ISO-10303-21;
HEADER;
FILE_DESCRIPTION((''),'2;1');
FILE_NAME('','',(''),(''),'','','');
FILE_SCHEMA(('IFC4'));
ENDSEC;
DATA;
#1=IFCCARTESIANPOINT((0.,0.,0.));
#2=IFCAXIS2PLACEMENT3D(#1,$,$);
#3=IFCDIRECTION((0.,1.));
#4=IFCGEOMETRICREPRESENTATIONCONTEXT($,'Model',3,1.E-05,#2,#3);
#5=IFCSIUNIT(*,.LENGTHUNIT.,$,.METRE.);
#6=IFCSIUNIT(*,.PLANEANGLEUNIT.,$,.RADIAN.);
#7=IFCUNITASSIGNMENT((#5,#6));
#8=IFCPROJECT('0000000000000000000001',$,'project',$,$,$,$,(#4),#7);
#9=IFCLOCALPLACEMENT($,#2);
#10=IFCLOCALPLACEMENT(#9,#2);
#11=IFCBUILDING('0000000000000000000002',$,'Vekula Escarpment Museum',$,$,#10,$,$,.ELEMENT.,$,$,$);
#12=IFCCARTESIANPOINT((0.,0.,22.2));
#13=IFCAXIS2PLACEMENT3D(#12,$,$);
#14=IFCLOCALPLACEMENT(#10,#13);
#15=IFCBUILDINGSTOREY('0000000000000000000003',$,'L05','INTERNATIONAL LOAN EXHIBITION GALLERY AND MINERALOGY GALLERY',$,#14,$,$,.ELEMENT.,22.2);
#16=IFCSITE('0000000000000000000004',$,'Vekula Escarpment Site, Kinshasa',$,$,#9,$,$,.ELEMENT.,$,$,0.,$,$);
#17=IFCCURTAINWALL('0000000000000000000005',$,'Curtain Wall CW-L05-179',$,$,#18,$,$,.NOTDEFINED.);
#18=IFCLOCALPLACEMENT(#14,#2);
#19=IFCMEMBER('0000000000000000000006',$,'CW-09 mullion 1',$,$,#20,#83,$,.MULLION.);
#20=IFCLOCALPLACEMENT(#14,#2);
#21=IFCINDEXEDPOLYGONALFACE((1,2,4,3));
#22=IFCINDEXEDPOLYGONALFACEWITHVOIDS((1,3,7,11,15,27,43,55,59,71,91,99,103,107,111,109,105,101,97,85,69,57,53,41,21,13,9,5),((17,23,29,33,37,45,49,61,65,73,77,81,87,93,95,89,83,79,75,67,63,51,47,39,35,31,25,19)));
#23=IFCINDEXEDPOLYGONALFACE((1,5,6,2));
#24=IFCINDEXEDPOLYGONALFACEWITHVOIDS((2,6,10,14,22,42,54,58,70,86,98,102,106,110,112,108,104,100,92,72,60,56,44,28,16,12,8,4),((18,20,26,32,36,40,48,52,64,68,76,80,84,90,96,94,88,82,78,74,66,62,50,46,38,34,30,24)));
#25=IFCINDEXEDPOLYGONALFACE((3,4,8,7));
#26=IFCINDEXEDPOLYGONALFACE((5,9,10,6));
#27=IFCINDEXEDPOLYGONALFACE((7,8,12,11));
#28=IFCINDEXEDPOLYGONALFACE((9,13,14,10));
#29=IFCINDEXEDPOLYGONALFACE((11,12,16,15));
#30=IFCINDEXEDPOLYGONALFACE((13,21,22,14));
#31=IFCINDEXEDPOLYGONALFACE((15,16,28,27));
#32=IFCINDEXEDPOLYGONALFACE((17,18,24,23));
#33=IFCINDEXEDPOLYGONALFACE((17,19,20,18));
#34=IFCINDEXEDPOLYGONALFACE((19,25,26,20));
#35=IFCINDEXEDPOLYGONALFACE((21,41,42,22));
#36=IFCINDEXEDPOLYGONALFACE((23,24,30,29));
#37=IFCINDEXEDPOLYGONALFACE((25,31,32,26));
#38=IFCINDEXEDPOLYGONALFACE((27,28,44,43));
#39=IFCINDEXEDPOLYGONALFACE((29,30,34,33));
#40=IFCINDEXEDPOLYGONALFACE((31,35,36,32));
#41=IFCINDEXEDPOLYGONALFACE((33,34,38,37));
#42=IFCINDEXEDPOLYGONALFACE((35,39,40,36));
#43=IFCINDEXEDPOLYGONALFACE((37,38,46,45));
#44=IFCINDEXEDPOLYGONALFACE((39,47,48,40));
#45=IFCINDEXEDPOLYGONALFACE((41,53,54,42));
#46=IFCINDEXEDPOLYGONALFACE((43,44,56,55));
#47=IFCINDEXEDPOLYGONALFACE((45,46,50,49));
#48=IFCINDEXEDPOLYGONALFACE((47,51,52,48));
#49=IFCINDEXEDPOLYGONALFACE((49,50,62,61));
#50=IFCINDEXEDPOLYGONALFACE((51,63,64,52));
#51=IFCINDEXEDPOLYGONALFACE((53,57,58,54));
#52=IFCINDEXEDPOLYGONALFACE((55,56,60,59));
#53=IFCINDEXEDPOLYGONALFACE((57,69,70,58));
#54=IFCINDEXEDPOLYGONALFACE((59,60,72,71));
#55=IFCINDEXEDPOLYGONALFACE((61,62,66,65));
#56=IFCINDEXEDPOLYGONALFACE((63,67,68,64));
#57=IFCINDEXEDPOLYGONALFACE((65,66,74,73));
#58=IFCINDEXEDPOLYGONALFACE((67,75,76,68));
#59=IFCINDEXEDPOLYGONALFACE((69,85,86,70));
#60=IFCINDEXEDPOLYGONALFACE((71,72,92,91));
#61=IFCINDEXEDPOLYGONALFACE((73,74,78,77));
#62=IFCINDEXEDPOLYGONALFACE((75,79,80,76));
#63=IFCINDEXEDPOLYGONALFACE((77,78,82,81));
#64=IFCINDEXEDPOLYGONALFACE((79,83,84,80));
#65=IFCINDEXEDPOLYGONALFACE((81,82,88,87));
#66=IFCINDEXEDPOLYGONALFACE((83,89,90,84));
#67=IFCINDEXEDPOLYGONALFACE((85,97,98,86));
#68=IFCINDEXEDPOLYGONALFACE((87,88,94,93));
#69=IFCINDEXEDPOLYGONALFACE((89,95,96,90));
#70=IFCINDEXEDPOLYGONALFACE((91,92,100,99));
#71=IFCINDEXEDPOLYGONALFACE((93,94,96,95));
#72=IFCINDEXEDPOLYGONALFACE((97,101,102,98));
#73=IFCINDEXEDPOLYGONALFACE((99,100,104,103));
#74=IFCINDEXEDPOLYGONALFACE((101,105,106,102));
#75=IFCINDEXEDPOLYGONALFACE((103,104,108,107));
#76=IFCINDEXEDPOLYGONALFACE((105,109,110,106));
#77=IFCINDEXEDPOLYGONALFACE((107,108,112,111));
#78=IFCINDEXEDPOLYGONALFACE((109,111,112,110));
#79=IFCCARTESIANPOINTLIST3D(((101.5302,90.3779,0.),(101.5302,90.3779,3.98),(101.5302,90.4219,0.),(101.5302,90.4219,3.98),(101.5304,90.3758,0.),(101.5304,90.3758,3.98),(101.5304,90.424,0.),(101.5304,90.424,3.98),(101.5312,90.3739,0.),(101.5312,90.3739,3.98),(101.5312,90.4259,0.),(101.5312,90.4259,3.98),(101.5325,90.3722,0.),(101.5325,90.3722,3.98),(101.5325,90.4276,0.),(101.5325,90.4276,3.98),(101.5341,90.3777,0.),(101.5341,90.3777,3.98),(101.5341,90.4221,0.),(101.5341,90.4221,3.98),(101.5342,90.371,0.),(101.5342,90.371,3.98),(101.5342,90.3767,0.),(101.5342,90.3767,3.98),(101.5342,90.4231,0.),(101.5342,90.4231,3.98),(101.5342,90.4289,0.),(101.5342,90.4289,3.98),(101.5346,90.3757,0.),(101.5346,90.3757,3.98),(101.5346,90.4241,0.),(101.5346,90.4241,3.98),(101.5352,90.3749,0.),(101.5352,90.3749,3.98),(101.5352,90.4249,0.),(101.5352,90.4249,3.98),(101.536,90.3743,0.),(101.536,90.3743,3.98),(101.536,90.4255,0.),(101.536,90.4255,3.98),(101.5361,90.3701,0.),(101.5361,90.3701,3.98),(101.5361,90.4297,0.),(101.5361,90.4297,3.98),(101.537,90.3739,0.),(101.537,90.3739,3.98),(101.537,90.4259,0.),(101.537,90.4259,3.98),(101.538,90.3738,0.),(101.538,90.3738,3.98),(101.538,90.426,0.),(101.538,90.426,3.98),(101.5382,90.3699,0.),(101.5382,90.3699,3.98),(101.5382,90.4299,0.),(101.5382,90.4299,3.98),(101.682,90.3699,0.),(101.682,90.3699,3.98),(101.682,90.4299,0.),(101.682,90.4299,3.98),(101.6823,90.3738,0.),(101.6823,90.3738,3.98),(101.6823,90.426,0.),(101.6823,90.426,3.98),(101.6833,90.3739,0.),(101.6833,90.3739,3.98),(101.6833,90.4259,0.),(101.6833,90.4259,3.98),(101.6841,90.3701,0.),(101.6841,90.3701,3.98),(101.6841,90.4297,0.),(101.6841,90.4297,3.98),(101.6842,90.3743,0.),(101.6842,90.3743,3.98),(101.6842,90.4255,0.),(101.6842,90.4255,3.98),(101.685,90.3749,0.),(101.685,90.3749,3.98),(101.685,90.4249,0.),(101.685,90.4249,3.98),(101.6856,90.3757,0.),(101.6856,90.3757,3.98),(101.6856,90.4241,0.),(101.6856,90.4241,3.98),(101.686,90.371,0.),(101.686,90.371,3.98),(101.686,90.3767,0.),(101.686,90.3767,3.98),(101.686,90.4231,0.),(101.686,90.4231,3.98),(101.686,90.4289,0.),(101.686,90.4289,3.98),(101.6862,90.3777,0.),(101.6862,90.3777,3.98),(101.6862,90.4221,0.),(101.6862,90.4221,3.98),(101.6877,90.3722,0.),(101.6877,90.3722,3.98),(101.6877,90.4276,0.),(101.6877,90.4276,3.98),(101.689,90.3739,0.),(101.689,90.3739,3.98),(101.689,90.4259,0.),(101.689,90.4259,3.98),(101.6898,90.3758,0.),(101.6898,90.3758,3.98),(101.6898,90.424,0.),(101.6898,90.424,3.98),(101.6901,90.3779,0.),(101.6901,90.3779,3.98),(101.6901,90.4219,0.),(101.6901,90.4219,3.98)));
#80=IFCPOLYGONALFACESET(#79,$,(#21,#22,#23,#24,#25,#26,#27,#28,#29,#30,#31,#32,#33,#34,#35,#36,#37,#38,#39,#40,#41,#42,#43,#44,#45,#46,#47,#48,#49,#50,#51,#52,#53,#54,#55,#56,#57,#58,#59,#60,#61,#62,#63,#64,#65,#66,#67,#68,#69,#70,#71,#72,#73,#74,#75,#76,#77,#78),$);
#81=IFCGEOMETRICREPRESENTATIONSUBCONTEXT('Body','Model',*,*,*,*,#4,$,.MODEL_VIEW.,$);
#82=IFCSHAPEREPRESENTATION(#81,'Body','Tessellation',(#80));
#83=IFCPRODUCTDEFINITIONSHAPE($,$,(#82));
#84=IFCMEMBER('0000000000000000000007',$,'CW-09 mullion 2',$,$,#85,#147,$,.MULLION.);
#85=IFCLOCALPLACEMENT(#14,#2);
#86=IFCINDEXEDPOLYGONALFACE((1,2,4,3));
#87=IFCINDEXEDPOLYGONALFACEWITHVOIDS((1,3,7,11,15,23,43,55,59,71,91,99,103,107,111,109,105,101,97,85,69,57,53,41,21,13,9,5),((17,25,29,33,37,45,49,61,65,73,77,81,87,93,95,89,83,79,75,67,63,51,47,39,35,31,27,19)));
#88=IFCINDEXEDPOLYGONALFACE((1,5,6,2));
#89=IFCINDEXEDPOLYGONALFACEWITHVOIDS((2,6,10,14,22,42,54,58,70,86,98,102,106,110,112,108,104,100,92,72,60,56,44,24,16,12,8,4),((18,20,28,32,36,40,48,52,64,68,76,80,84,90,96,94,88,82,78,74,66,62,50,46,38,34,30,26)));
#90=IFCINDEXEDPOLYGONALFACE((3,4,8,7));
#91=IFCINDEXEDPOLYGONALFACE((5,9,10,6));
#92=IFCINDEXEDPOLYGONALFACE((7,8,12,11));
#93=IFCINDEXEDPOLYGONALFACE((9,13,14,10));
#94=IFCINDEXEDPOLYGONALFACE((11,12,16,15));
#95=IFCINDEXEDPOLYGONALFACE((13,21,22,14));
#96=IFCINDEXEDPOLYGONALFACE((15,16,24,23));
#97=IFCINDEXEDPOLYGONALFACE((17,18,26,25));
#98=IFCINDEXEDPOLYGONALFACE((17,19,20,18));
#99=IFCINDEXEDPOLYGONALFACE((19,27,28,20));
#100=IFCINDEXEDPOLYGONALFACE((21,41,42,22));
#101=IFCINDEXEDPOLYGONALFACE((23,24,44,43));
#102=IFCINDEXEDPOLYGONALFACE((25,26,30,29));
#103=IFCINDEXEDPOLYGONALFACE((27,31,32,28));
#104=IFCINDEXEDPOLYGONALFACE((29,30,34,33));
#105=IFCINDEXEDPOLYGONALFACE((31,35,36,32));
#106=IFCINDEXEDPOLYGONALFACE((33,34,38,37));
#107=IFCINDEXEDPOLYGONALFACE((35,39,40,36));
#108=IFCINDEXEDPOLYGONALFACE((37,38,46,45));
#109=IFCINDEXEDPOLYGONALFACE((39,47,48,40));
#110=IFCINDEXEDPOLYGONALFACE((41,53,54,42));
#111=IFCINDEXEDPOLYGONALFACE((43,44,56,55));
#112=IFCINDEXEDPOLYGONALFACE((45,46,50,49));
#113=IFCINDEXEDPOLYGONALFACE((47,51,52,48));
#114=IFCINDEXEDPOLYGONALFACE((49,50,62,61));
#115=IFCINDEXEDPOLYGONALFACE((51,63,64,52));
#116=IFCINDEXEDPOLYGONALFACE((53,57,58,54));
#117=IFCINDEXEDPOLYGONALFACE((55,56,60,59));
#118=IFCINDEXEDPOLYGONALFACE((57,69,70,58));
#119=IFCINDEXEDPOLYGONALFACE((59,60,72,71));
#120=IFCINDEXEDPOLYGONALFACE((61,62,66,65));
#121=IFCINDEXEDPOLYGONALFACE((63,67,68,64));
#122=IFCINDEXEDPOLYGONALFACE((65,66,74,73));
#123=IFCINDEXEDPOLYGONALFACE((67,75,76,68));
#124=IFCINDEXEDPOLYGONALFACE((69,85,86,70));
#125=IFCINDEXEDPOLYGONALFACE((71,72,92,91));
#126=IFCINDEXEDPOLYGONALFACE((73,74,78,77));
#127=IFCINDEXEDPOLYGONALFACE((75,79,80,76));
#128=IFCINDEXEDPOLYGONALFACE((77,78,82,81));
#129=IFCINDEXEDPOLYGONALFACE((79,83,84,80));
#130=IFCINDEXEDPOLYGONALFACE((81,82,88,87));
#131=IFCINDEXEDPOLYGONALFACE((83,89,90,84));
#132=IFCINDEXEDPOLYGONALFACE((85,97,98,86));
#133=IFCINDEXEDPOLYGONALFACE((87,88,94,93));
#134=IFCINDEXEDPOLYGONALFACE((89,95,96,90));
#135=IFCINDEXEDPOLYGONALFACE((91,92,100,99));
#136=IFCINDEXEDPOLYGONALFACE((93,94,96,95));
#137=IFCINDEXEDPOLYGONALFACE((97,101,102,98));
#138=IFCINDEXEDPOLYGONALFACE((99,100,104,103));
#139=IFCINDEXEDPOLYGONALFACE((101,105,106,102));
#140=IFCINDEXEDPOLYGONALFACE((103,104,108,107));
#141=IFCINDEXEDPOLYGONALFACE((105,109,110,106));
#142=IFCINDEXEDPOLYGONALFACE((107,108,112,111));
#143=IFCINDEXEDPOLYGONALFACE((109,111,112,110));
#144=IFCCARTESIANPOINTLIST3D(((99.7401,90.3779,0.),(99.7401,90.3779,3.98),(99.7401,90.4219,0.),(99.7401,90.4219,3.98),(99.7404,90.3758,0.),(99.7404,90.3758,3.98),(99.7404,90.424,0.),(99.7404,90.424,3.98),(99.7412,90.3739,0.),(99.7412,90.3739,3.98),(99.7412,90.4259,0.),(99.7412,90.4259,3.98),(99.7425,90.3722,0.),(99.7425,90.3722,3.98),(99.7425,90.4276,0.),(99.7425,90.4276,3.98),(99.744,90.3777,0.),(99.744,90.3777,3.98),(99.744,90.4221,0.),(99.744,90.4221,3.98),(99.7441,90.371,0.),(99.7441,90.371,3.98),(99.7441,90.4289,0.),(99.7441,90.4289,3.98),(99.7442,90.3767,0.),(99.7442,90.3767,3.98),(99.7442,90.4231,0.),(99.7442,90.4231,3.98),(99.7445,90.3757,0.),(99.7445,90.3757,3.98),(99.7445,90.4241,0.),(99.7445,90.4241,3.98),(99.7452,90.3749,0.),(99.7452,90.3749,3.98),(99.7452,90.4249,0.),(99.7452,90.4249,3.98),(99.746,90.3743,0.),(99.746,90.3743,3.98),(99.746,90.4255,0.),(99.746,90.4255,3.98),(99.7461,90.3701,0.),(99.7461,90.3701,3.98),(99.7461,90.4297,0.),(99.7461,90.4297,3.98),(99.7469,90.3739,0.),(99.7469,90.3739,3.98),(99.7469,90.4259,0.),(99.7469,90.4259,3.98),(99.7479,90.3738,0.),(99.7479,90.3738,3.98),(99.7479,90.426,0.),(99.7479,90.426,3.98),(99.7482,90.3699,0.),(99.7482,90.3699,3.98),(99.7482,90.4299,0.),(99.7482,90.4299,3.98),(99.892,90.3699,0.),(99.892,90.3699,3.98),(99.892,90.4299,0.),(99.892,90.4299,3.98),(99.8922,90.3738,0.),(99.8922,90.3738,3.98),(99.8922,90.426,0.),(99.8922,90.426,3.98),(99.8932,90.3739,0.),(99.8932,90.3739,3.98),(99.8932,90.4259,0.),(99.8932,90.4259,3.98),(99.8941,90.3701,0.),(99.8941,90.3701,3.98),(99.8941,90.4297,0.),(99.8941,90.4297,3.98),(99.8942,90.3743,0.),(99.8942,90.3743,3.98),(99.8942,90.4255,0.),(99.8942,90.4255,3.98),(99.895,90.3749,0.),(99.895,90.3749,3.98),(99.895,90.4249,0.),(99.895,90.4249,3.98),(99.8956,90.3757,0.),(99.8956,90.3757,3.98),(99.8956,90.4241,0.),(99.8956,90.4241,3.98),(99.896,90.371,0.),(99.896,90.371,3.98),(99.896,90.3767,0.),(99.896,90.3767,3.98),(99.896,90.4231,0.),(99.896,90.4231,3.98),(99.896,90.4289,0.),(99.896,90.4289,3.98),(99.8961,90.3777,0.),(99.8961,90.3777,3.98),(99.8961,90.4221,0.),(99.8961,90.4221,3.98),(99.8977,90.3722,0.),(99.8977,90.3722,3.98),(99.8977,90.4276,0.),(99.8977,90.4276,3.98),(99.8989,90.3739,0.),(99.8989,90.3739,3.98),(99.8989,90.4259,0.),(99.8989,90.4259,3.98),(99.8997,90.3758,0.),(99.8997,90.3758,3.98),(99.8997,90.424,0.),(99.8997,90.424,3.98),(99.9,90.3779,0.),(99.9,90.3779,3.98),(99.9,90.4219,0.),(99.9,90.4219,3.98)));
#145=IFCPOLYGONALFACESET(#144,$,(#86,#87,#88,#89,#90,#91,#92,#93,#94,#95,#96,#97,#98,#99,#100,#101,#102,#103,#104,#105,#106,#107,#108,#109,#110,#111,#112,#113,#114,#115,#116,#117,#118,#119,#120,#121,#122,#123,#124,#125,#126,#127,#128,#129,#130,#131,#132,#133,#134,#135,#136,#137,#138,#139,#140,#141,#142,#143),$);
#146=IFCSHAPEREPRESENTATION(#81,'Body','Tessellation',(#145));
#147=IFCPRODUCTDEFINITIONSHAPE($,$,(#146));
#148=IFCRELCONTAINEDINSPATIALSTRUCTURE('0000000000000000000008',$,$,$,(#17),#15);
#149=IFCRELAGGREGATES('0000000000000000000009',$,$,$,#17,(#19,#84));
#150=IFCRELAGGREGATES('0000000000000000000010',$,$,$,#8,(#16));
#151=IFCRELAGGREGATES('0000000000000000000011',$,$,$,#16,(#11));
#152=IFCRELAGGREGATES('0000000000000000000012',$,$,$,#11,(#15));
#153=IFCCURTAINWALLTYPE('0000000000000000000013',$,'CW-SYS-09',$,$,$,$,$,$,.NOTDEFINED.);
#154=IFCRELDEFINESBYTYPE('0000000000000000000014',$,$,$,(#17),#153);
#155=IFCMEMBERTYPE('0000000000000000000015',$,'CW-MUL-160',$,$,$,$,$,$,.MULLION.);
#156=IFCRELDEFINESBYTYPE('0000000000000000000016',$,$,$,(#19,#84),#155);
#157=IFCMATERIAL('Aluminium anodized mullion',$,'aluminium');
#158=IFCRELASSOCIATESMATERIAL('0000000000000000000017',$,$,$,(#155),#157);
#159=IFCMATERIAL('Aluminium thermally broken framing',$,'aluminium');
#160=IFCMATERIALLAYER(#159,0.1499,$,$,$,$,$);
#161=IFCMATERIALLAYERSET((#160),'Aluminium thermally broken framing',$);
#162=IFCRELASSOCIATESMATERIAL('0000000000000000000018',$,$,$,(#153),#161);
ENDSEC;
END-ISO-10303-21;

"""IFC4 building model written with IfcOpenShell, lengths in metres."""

from ifc_helpers import new_model, si_unit, direction, frame, origin, origin_2d, place, context, subcontext, project, spatial, hollow_rectangle, extrude, material, layer, layer_set, material_profile, profile_set, type_object, element, aggregate, save


model = new_model("IFC4")

# Units and contexts
model_context = context("Model", 3, precision=1e-05, world=origin(), true_north=direction((0.0, 1.0)))
body_context = subcontext(model_context, "Body", "Model", "MODEL_VIEW")
ifc_project = project(units=[si_unit("LENGTHUNIT", "METRE"), si_unit("PLANEANGLEUNIT", "RADIAN")], contexts=[model_context])

# Site, building, storey
site_placement = place(None, origin())
site = spatial("IfcSite", under=ifc_project, at=site_placement, Name="Vekula Escarpment Site, Kinshasa", CompositionType="ELEMENT", RefElevation=0.0)
building_placement = place(site_placement, origin())
building = spatial("IfcBuilding", under=site, at=building_placement, Name="Vekula Escarpment Museum", CompositionType="ELEMENT")
storey_placement = place(building_placement, frame((0.0, 0.0, 22.2)))
storey = spatial("IfcBuildingStorey", under=building, at=storey_placement, Name="L05", Description="INTERNATIONAL LOAN EXHIBITION GALLERY AND MINERALOGY GALLERY", CompositionType="ELEMENT", Elevation=22.2)

# Shared definitions
ifc_material_1 = material(Name="Aluminium anodized mullion", Category="aluminium")
ifc_material_profile_1 = material_profile(ifc_material_1, hollow_rectangle(XDim=0.0601, YDim=0.1599, WallThickness=0.0039, InnerFilletRadius=0.0039, OuterFilletRadius=0.0081, at=origin_2d()), Name="ALU 160x60x4")
ifc_profile_set_1 = profile_set([ifc_material_profile_1], Name="Aluminium anodized mullion")
member_type_1 = type_object("IfcMemberType", Name="CW-MUL-160", PredefinedType="MULLION", material=ifc_profile_set_1)

# Curtain wall, members
ifc_material_2 = material(Name="Aluminium thermally broken framing", Category="aluminium")
ifc_layer_1 = layer(ifc_material_2, 0.1499)
ifc_layer_set_1 = layer_set([ifc_layer_1], Name="Aluminium thermally broken framing")
curtain_wall_type_1 = type_object("IfcCurtainWallType", Name="CW-SYS-09", PredefinedType="NOTDEFINED", material=ifc_layer_set_1)
curtain_wall_1_placement = place(storey_placement, origin())
curtain_wall_1 = element("IfcCurtainWall", 1, at=curtain_wall_1_placement, inside=storey, type_object=curtain_wall_type_1, Name="Curtain Wall CW-L05-179", PredefinedType="NOTDEFINED")
member_1_placement = place(storey_placement, frame((101.6101, 90.3999, 0.0), z_axis=(0.0, 0.0, 1.0), x_axis=(0.0, -1.0, 0.0)))
member_1 = element("IfcMember", 2, at=member_1_placement, type_object=member_type_1, Name="CW-09 mullion 1", PredefinedType="MULLION", context=body_context, shape_type="SweptSolid", body=[
    extrude(hollow_rectangle(XDim=0.0601, YDim=0.1599, WallThickness=0.0039, InnerFilletRadius=0.0039, OuterFilletRadius=0.0081, at=origin_2d()), origin(), (0.0, 0.0, 1.0), 3.98),
])
member_2_placement = place(storey_placement, frame((99.8201, 90.3999, 0.0), z_axis=(0.0, 0.0, 1.0), x_axis=(0.0, -1.0, 0.0)))
member_2 = element("IfcMember", 3, at=member_2_placement, type_object=member_type_1, Name="CW-09 mullion 2", PredefinedType="MULLION", context=body_context, shape_type="SweptSolid", body=[
    extrude(hollow_rectangle(XDim=0.0601, YDim=0.1599, WallThickness=0.0039, InnerFilletRadius=0.0039, OuterFilletRadius=0.0081, at=origin_2d()), origin(), (0.0, 0.0, 1.0), 3.98),
])

aggregate(curtain_wall_1, [member_1, member_2])

save(model, "model.ifc")
